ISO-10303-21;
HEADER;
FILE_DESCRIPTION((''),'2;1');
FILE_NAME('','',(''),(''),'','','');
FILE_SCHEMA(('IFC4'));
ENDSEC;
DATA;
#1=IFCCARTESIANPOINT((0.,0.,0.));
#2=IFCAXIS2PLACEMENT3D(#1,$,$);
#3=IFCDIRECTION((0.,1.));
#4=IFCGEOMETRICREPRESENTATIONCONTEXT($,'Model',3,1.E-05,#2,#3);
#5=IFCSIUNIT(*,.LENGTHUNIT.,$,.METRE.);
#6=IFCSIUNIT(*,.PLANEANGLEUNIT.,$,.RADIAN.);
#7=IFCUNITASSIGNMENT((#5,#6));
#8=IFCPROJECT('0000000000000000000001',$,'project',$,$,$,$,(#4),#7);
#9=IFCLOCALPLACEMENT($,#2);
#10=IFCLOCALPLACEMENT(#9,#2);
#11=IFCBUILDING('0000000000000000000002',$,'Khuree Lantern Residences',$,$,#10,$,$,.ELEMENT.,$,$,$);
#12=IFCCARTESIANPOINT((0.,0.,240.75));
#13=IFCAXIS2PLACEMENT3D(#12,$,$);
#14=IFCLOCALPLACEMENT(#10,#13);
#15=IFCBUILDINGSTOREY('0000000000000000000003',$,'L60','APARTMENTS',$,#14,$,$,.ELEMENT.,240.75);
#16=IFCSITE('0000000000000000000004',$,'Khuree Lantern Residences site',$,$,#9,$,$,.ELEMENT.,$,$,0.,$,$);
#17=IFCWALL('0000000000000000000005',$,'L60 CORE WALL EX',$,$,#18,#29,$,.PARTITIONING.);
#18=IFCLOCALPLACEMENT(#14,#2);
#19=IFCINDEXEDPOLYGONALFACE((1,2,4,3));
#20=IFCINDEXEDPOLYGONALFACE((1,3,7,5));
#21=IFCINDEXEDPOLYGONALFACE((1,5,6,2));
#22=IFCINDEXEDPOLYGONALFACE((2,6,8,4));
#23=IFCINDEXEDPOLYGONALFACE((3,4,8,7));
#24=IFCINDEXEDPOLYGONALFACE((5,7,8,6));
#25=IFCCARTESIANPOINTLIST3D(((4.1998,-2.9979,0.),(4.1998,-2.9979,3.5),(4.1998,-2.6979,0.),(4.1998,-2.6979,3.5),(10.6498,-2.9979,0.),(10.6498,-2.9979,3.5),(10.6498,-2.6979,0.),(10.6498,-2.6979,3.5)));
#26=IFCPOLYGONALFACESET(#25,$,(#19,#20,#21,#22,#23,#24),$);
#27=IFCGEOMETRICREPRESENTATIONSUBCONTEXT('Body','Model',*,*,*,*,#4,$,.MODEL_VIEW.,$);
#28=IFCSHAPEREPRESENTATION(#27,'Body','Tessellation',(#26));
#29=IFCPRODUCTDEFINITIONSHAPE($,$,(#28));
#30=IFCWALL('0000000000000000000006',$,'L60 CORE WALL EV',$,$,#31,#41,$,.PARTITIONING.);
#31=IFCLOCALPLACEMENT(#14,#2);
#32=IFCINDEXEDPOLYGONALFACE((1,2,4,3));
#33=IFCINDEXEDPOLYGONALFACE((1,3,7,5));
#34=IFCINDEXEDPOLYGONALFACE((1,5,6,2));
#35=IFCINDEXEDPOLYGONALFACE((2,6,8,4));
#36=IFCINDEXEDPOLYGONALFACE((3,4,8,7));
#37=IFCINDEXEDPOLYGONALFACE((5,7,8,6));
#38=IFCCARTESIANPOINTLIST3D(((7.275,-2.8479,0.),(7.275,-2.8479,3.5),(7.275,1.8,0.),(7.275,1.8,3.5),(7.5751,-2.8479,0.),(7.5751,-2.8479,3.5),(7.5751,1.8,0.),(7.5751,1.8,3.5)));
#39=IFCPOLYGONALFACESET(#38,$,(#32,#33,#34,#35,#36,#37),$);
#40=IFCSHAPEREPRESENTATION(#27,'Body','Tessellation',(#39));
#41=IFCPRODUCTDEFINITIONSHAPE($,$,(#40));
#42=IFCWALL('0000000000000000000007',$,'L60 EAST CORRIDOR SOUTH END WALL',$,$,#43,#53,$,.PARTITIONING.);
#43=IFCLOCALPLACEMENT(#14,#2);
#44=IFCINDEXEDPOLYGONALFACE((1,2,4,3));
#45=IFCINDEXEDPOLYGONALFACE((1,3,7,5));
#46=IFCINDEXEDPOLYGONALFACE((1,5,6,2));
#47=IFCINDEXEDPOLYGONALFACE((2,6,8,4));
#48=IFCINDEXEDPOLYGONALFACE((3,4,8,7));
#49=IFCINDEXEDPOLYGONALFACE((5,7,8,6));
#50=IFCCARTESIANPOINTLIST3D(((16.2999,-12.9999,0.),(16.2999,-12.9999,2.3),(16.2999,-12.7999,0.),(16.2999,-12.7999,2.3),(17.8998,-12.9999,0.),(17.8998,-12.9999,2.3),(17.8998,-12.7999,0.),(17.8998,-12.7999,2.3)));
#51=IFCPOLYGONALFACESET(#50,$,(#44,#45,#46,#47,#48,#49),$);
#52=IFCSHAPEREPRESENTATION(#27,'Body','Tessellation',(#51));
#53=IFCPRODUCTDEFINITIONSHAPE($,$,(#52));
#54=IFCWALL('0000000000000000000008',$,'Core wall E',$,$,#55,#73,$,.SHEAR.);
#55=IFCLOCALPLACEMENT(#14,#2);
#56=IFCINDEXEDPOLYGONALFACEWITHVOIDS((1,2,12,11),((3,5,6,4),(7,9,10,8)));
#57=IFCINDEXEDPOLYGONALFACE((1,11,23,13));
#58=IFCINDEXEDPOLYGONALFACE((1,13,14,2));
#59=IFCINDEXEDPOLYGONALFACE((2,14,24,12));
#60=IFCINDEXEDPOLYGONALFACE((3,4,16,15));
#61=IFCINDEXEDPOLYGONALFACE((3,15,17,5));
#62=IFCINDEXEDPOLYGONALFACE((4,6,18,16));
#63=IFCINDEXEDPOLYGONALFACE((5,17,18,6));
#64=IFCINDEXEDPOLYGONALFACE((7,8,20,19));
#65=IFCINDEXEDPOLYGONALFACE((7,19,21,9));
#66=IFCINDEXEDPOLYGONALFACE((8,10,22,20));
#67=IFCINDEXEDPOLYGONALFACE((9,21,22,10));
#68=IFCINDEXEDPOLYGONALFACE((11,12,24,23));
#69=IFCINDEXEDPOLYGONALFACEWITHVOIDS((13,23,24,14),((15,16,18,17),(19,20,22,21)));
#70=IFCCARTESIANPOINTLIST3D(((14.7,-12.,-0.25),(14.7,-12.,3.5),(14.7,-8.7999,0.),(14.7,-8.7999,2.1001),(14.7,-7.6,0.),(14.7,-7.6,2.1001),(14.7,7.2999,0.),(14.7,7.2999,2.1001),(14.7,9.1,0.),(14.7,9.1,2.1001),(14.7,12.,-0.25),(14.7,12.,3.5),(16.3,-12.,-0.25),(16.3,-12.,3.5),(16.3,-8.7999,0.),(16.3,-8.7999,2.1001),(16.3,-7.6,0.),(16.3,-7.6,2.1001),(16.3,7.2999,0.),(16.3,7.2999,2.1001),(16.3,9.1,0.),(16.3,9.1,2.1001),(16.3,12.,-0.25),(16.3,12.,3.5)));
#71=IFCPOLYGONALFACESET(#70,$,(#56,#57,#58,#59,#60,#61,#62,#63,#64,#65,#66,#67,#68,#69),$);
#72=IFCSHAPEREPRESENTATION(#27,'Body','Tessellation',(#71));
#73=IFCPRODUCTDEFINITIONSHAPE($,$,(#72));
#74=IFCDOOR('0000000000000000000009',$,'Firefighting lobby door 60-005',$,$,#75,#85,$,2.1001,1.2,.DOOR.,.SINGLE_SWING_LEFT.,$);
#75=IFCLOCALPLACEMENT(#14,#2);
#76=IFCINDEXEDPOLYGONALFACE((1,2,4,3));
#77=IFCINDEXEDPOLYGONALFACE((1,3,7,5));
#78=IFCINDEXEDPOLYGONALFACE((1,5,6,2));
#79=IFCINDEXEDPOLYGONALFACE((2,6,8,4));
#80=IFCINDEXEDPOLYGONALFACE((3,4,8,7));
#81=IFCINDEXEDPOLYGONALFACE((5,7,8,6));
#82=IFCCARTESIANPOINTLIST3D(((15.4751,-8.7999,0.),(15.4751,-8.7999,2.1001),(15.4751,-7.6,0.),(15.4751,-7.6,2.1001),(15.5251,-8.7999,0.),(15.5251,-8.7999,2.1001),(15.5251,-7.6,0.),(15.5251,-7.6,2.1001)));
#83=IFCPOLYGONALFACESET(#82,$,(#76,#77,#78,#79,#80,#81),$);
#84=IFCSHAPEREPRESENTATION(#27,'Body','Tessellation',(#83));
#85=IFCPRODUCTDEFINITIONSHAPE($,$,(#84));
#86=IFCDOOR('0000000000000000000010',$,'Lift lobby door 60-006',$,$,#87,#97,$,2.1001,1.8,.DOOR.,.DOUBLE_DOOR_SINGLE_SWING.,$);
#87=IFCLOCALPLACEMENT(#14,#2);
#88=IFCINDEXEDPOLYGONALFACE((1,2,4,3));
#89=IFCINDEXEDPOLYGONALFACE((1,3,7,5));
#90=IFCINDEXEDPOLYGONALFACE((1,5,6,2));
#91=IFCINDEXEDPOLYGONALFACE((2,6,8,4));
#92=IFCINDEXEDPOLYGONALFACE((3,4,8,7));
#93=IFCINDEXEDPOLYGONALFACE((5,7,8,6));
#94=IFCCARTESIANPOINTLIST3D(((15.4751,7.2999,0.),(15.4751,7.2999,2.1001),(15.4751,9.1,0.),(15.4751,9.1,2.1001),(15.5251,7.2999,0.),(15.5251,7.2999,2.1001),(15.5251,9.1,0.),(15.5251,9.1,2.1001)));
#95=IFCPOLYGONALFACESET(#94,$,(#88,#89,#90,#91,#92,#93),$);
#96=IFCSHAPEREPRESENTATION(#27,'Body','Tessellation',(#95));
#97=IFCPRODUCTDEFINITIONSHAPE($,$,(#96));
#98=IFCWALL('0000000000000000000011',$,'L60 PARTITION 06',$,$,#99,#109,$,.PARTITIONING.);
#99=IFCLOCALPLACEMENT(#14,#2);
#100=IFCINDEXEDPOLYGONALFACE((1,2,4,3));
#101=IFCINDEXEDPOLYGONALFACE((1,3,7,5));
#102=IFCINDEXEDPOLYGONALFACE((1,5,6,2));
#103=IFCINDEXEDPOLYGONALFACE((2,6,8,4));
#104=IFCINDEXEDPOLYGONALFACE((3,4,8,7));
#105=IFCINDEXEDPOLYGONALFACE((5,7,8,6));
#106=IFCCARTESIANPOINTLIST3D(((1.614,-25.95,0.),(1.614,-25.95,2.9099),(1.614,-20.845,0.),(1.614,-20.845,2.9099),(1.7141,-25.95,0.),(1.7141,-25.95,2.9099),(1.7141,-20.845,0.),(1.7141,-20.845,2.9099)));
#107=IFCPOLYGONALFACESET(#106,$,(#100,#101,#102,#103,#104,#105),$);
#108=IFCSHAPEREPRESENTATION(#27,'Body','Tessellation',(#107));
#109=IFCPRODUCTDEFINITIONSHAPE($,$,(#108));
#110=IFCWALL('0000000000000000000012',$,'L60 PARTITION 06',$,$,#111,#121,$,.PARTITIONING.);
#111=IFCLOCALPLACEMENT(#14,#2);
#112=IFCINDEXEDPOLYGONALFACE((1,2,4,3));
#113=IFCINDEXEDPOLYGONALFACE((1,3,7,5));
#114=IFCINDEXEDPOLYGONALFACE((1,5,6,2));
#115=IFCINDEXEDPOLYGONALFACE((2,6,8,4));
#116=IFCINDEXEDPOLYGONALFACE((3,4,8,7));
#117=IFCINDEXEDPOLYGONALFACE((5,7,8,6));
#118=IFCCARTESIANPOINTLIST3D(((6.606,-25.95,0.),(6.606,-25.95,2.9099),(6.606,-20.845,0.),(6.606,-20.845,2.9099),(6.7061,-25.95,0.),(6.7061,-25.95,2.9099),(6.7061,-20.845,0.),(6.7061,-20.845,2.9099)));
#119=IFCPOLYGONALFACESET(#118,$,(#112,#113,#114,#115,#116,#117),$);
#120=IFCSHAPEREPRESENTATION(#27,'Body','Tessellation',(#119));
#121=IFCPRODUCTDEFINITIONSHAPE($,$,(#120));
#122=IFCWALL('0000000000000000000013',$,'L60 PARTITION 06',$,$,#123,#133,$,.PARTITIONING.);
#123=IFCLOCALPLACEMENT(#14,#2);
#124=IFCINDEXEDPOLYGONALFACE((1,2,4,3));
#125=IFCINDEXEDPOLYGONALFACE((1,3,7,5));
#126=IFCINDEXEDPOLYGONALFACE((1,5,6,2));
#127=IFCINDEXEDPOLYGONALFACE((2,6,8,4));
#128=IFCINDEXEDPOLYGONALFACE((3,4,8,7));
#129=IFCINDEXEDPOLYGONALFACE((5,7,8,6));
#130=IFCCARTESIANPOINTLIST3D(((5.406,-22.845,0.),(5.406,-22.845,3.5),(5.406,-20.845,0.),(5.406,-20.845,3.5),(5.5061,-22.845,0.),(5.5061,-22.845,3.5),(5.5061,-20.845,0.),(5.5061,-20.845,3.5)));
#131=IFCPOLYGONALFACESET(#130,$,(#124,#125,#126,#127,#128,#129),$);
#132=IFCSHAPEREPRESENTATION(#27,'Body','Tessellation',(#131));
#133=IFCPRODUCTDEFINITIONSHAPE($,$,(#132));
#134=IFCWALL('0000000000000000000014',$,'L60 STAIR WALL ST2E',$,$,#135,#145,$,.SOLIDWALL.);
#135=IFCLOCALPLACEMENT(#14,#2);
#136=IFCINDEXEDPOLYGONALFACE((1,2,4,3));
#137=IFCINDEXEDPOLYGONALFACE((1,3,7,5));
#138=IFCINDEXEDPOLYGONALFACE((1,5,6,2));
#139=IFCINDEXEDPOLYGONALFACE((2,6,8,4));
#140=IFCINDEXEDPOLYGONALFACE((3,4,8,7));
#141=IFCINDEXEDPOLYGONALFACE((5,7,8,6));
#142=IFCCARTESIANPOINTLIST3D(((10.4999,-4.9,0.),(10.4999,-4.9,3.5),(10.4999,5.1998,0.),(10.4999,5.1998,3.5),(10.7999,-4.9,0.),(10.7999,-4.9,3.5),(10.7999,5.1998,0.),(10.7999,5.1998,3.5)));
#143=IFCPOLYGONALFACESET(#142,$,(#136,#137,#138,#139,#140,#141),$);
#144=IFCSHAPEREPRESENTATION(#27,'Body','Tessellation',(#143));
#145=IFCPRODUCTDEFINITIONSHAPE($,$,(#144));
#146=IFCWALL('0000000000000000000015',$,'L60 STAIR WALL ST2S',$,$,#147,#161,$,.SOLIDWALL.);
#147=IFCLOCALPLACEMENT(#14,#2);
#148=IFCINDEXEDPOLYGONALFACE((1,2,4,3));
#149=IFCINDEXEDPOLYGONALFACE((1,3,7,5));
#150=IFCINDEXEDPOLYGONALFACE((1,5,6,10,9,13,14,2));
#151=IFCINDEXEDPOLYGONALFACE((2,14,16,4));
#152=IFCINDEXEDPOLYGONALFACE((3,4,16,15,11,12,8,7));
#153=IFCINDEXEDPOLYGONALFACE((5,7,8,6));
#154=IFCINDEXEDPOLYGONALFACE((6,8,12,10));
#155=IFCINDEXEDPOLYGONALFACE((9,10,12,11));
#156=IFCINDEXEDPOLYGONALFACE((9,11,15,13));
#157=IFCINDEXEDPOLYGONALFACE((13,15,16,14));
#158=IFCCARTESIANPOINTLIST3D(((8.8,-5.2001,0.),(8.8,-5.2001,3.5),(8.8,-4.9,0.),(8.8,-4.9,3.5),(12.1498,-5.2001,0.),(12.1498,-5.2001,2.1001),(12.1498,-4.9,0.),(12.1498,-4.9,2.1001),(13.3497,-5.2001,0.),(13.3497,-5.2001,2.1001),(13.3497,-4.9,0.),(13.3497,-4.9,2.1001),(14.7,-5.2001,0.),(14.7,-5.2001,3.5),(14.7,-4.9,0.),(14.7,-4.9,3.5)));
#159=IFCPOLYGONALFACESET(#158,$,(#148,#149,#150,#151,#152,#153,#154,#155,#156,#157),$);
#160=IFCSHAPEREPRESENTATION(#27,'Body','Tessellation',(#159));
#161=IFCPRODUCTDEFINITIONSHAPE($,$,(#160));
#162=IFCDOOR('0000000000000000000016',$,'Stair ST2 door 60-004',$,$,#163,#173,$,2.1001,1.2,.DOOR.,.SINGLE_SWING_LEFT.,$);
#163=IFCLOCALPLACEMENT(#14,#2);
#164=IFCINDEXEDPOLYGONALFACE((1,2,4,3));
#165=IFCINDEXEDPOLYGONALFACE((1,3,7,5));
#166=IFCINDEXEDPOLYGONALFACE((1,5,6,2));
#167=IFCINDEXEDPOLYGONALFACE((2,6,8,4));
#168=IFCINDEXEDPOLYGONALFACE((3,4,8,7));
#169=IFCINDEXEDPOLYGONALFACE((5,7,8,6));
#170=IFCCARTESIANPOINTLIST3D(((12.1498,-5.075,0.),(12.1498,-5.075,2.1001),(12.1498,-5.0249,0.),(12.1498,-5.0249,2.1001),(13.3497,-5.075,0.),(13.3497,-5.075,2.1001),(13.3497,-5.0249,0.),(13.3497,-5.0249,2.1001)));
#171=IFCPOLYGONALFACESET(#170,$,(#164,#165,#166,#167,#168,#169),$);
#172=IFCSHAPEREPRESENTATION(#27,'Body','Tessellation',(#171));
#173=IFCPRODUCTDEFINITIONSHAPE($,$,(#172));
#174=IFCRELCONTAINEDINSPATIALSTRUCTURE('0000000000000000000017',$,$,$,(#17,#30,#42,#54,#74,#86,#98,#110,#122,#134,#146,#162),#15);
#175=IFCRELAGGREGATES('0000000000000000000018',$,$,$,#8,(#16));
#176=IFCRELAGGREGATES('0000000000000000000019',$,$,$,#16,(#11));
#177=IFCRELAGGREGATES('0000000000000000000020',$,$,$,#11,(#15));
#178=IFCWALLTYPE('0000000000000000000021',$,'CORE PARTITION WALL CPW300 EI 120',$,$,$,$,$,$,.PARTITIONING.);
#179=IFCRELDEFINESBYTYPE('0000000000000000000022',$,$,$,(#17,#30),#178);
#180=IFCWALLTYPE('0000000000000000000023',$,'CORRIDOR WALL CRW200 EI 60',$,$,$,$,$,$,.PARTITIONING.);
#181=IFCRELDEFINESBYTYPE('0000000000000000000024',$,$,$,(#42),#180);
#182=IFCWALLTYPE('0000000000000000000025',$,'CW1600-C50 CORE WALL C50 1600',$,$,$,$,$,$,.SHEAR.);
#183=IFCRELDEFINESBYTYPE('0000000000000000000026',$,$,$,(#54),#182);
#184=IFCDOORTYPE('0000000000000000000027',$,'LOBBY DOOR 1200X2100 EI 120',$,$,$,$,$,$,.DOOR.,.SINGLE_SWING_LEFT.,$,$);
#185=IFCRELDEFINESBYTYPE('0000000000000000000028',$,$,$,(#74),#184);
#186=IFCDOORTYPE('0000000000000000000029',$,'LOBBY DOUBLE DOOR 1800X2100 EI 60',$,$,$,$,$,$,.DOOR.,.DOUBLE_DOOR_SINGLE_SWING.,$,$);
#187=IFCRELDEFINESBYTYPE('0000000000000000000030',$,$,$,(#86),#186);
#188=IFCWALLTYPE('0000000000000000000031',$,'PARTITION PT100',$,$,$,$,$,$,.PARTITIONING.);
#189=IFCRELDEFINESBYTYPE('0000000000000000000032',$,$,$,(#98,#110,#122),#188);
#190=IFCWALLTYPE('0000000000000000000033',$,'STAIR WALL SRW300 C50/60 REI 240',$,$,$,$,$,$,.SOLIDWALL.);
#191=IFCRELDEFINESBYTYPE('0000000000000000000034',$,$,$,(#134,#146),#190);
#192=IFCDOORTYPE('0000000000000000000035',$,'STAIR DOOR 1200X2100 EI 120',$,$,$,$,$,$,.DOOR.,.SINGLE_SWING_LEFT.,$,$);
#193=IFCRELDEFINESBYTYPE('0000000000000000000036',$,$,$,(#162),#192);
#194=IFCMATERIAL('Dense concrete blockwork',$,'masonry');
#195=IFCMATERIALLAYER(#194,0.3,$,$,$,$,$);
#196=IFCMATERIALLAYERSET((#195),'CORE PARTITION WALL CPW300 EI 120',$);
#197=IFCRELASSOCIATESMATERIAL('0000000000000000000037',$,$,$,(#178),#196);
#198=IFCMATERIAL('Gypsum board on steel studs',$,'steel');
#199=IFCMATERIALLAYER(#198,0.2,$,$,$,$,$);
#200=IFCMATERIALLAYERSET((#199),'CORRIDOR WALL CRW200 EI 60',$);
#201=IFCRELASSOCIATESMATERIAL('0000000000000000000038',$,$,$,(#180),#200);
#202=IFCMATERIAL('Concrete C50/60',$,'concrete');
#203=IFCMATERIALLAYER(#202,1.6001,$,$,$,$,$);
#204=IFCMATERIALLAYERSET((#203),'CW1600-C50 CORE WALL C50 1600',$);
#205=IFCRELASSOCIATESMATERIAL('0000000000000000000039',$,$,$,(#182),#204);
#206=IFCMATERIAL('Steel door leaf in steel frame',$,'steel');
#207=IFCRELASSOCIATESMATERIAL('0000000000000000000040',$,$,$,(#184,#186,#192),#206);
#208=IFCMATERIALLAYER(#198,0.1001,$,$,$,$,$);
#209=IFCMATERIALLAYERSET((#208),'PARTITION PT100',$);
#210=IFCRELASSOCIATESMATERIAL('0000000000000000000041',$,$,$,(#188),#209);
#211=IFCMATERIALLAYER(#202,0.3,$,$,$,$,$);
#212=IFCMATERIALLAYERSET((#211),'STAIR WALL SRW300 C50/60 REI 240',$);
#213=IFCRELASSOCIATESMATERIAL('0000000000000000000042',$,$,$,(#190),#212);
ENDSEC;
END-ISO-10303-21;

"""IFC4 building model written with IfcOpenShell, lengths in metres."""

from ifc_helpers import new_model, si_unit, direction, frame, frame_2d, origin, place, context, subcontext, project, spatial, rectangle, extrude, material, layer, layer_set, type_object, element, fill, save


model = new_model("IFC4")

# Units and contexts
model_context = context("Model", 3, precision=1e-05, world=origin(), true_north=direction((0.0, 1.0)))
body_context = subcontext(model_context, "Body", "Model", "MODEL_VIEW")
ifc_project = project(units=[si_unit("LENGTHUNIT", "METRE"), si_unit("PLANEANGLEUNIT", "RADIAN")], contexts=[model_context])

# Site, building, storey
site_placement = place(None, origin())
site = spatial("IfcSite", under=ifc_project, at=site_placement, Name="Khuree Lantern Residences site", CompositionType="ELEMENT", RefElevation=0.0)
building_placement = place(site_placement, origin())
building = spatial("IfcBuilding", under=site, at=building_placement, Name="Khuree Lantern Residences", CompositionType="ELEMENT")
storey_placement = place(building_placement, frame((0.0, 0.0, 240.75)))
storey = spatial("IfcBuildingStorey", under=building, at=storey_placement, Name="L60", Description="APARTMENTS", CompositionType="ELEMENT", Elevation=240.75)

# Shared definitions
ifc_material_1 = material(Name="Concrete C50/60", Category="concrete")

# Shared definitions
ifc_material_2 = material(Name="Dense concrete blockwork", Category="masonry")
ifc_layer_1 = layer(ifc_material_2, 0.3)
ifc_layer_set_1 = layer_set([ifc_layer_1], Name="CORE PARTITION WALL CPW300 EI 120")
wall_type_1 = type_object("IfcWallType", Name="CORE PARTITION WALL CPW300 EI 120", PredefinedType="PARTITIONING", material=ifc_layer_set_1)

# Walls
wall_1_placement = place(storey_placement, frame((10.6499, -2.8479, 0.0), z_axis=(0.0, 0.0, 1.0), x_axis=(-1.0, 0.0, 0.0)))
element("IfcWall", 1, at=wall_1_placement, inside=storey, type_object=wall_type_1, Name="L60 CORE WALL EX", PredefinedType="PARTITIONING", context=body_context, shape_type="SweptSolid", body=[
    extrude(rectangle(XDim=6.45, YDim=0.3, at=frame_2d((3.2251, 0.0))), origin(), (0.0, 0.0, 1.0), 3.5),
])
wall_2_placement = place(storey_placement, frame((7.425, -2.8479, 0.0), z_axis=(0.0, 0.0, 1.0), x_axis=(0.0, 1.0, 0.0)))
element("IfcWall", 2, at=wall_2_placement, inside=storey, type_object=wall_type_1, Name="L60 CORE WALL EV", PredefinedType="PARTITIONING", context=body_context, shape_type="SweptSolid", body=[
    extrude(rectangle(XDim=4.6479, YDim=0.3, at=frame_2d((2.324, 0.0))), origin(), (0.0, 0.0, 1.0), 3.5),
])
ifc_material_3 = material(Name="Gypsum board on steel studs", Category="steel")
ifc_layer_2 = layer(ifc_material_3, 0.2)
ifc_layer_set_2 = layer_set([ifc_layer_2], Name="CORRIDOR WALL CRW200 EI 60")
wall_type_2 = type_object("IfcWallType", Name="CORRIDOR WALL CRW200 EI 60", PredefinedType="PARTITIONING", material=ifc_layer_set_2)
wall_3_placement = place(storey_placement, frame((16.3, -12.8999, 0.0), z_axis=(0.0, 0.0, 1.0), x_axis=(1.0, 0.0, 0.0)))
element("IfcWall", 3, at=wall_3_placement, inside=storey, type_object=wall_type_2, Name="L60 EAST CORRIDOR SOUTH END WALL", PredefinedType="PARTITIONING", context=body_context, shape_type="SweptSolid", body=[
    extrude(rectangle(XDim=1.5999, YDim=0.2, at=frame_2d((0.7998, 0.0))), origin(), (0.0, 0.0, 1.0), 2.3),
])

# Wall, openings, doors
ifc_layer_3 = layer(ifc_material_1, 1.6001)
ifc_layer_set_3 = layer_set([ifc_layer_3], Name="CW1600-C50 CORE WALL C50 1600")
wall_type_3 = type_object("IfcWallType", Name="CW1600-C50 CORE WALL C50 1600", PredefinedType="SHEAR", material=ifc_layer_set_3)
wall_4_placement = place(storey_placement, frame((15.5, -12.0, -0.25), z_axis=(0.0, 0.0, 1.0), x_axis=(0.0, 1.0, 0.0)))
wall_4 = element("IfcWall", 4, at=wall_4_placement, inside=storey, type_object=wall_type_3, Name="Core wall E", PredefinedType="SHEAR", context=body_context, shape_type="SweptSolid", body=[
    extrude(rectangle(XDim=24.0, YDim=1.6001, at=frame_2d((12.0, 0.0))), origin(), (0.0, 0.0, 1.0), 3.75),
])
opening_1_placement = place(wall_4_placement, frame((3.2, 0.0, 0.25)))
opening_1 = element("IfcOpeningElement", 5, at=opening_1_placement, cuts=wall_4, PredefinedType="OPENING", context=body_context, shape_type="SweptSolid", body=[
    extrude(rectangle(XDim=1.2, YDim=2.1001, at=frame_2d((0.6001, 1.05))), frame((0.0, 0.8101, 0.0), z_axis=(0.0, -1.0, 0.0), x_axis=(1.0, 0.0, 0.0)), (0.0, 0.0, 1.0), 1.6201),
])
opening_2_placement = place(wall_4_placement, frame((19.3, 0.0, 0.25)))
opening_2 = element("IfcOpeningElement", 6, at=opening_2_placement, cuts=wall_4, PredefinedType="OPENING", context=body_context, shape_type="SweptSolid", body=[
    extrude(rectangle(XDim=1.8, YDim=2.1001, at=frame_2d((0.8999, 1.05))), frame((0.0, 0.8101, 0.0), z_axis=(0.0, -1.0, 0.0), x_axis=(1.0, 0.0, 0.0)), (0.0, 0.0, 1.0), 1.6201),
])
ifc_material_4 = material(Name="Steel door leaf in steel frame", Category="steel")
door_type_1 = type_object("IfcDoorType", Name="LOBBY DOOR 1200X2100 EI 120", OperationType="SINGLE_SWING_LEFT", PredefinedType="DOOR", material=ifc_material_4)
door_1_placement = place(opening_1_placement, origin())
door_1 = element("IfcDoor", 7, at=door_1_placement, inside=storey, type_object=door_type_1, Name="Firefighting lobby door 60-005", OperationType="SINGLE_SWING_LEFT", OverallHeight=2.1001, OverallWidth=1.2, PredefinedType="DOOR", context=body_context, shape_type="SweptSolid", body=[
    extrude(rectangle(XDim=1.2, YDim=2.1001, at=frame_2d((0.6001, 1.05))), frame((0.0, 0.0249, 0.0), z_axis=(0.0, -1.0, 0.0), x_axis=(1.0, 0.0, 0.0)), (0.0, 0.0, 1.0), 0.05),
])
fill(opening_1, door_1)
door_type_2 = type_object("IfcDoorType", Name="LOBBY DOUBLE DOOR 1800X2100 EI 60", OperationType="DOUBLE_DOOR_SINGLE_SWING", PredefinedType="DOOR", material=ifc_material_4)
door_2_placement = place(opening_2_placement, origin())
door_2 = element("IfcDoor", 8, at=door_2_placement, inside=storey, type_object=door_type_2, Name="Lift lobby door 60-006", OperationType="DOUBLE_DOOR_SINGLE_SWING", OverallHeight=2.1001, OverallWidth=1.8, PredefinedType="DOOR", context=body_context, shape_type="SweptSolid", body=[
    extrude(rectangle(XDim=1.8, YDim=2.1001, at=frame_2d((0.8999, 1.05))), frame((0.0, 0.0249, 0.0), z_axis=(0.0, -1.0, 0.0), x_axis=(1.0, 0.0, 0.0)), (0.0, 0.0, 1.0), 0.05),
])
fill(opening_2, door_2)

# Walls
ifc_layer_4 = layer(ifc_material_3, 0.1001)
ifc_layer_set_4 = layer_set([ifc_layer_4], Name="PARTITION PT100")
wall_type_4 = type_object("IfcWallType", Name="PARTITION PT100", PredefinedType="PARTITIONING", material=ifc_layer_set_4)
for number, where, z_axis, x_axis, name in (
    (9, (1.6641, -20.845, 0.0), (0.0, 0.0, 1.0), (0.0, -1.0, 0.0), "L60 PARTITION 06"),
    (10, (6.656, -20.845, 0.0), (0.0, 0.0, 1.0), (0.0, -1.0, 0.0), "L60 PARTITION 06"),
):
    element("IfcWall", number, at=place(storey_placement, frame(where, z_axis=z_axis, x_axis=x_axis)), inside=storey, type_object=wall_type_4, Name=name, PredefinedType="PARTITIONING", context=body_context, shape_type="SweptSolid", body=[
        extrude(rectangle(XDim=5.105, YDim=0.1001, at=frame_2d((2.5525, 0.0))), origin(), (0.0, 0.0, 1.0), 2.9099),
    ])
wall_5_placement = place(storey_placement, frame((5.4561, -20.845, 0.0), z_axis=(0.0, 0.0, 1.0), x_axis=(0.0, -1.0, 0.0)))
element("IfcWall", 11, at=wall_5_placement, inside=storey, type_object=wall_type_4, Name="L60 PARTITION 06", PredefinedType="PARTITIONING", context=body_context, shape_type="SweptSolid", body=[
    extrude(rectangle(XDim=2.0, YDim=0.1001, at=frame_2d((1.0, 0.0))), origin(), (0.0, 0.0, 1.0), 3.5),
])
ifc_layer_5 = layer(ifc_material_1, 0.3)
ifc_layer_set_5 = layer_set([ifc_layer_5], Name="STAIR WALL SRW300 C50/60 REI 240")
wall_type_5 = type_object("IfcWallType", Name="STAIR WALL SRW300 C50/60 REI 240", PredefinedType="SOLIDWALL", material=ifc_layer_set_5)
wall_6_placement = place(storey_placement, frame((10.6499, -4.8999, 0.0), z_axis=(0.0, 0.0, 1.0), x_axis=(0.0, 1.0, 0.0)))
element("IfcWall", 12, at=wall_6_placement, inside=storey, type_object=wall_type_5, Name="L60 STAIR WALL ST2E", PredefinedType="SOLIDWALL", context=body_context, shape_type="SweptSolid", body=[
    extrude(rectangle(XDim=10.0999, YDim=0.3, at=frame_2d((5.0498, 0.0))), origin(), (0.0, 0.0, 1.0), 3.5),
])

# Wall, opening, door
wall_7_placement = place(storey_placement, frame((14.7, -5.05, 0.0), z_axis=(0.0, 0.0, 1.0), x_axis=(-1.0, 0.0, 0.0)))
wall_7 = element("IfcWall", 13, at=wall_7_placement, inside=storey, type_object=wall_type_5, Name="L60 STAIR WALL ST2S", PredefinedType="SOLIDWALL", context=body_context, shape_type="SweptSolid", body=[
    extrude(rectangle(XDim=5.8999, YDim=0.3, at=frame_2d((2.95, 0.0))), origin(), (0.0, 0.0, 1.0), 3.5),
])
opening_3_placement = place(wall_7_placement, frame((1.3501, 0.0, 0.0)))
opening_3 = element("IfcOpeningElement", 14, at=opening_3_placement, cuts=wall_7, PredefinedType="OPENING", context=body_context, shape_type="SweptSolid", body=[
    extrude(rectangle(XDim=1.2, YDim=2.1001, at=frame_2d((0.6001, 1.05))), frame((0.0, 0.1602, 0.0), z_axis=(0.0, -1.0, 0.0), x_axis=(1.0, 0.0, 0.0)), (0.0, 0.0, 1.0), 0.3201),
])
door_type_3 = type_object("IfcDoorType", Name="STAIR DOOR 1200X2100 EI 120", OperationType="SINGLE_SWING_LEFT", PredefinedType="DOOR", material=ifc_material_4)
door_3_placement = place(opening_3_placement, origin())
door_3 = element("IfcDoor", 15, at=door_3_placement, inside=storey, type_object=door_type_3, Name="Stair ST2 door 60-004", OperationType="SINGLE_SWING_LEFT", OverallHeight=2.1001, OverallWidth=1.2, PredefinedType="DOOR", context=body_context, shape_type="SweptSolid", body=[
    extrude(rectangle(XDim=1.2, YDim=2.1001, at=frame_2d((0.6001, 1.05))), frame((0.0, 0.0249, 0.0), z_axis=(0.0, -1.0, 0.0), x_axis=(1.0, 0.0, 0.0)), (0.0, 0.0, 1.0), 0.05),
])
fill(opening_3, door_3)

save(model, "model.ifc")
